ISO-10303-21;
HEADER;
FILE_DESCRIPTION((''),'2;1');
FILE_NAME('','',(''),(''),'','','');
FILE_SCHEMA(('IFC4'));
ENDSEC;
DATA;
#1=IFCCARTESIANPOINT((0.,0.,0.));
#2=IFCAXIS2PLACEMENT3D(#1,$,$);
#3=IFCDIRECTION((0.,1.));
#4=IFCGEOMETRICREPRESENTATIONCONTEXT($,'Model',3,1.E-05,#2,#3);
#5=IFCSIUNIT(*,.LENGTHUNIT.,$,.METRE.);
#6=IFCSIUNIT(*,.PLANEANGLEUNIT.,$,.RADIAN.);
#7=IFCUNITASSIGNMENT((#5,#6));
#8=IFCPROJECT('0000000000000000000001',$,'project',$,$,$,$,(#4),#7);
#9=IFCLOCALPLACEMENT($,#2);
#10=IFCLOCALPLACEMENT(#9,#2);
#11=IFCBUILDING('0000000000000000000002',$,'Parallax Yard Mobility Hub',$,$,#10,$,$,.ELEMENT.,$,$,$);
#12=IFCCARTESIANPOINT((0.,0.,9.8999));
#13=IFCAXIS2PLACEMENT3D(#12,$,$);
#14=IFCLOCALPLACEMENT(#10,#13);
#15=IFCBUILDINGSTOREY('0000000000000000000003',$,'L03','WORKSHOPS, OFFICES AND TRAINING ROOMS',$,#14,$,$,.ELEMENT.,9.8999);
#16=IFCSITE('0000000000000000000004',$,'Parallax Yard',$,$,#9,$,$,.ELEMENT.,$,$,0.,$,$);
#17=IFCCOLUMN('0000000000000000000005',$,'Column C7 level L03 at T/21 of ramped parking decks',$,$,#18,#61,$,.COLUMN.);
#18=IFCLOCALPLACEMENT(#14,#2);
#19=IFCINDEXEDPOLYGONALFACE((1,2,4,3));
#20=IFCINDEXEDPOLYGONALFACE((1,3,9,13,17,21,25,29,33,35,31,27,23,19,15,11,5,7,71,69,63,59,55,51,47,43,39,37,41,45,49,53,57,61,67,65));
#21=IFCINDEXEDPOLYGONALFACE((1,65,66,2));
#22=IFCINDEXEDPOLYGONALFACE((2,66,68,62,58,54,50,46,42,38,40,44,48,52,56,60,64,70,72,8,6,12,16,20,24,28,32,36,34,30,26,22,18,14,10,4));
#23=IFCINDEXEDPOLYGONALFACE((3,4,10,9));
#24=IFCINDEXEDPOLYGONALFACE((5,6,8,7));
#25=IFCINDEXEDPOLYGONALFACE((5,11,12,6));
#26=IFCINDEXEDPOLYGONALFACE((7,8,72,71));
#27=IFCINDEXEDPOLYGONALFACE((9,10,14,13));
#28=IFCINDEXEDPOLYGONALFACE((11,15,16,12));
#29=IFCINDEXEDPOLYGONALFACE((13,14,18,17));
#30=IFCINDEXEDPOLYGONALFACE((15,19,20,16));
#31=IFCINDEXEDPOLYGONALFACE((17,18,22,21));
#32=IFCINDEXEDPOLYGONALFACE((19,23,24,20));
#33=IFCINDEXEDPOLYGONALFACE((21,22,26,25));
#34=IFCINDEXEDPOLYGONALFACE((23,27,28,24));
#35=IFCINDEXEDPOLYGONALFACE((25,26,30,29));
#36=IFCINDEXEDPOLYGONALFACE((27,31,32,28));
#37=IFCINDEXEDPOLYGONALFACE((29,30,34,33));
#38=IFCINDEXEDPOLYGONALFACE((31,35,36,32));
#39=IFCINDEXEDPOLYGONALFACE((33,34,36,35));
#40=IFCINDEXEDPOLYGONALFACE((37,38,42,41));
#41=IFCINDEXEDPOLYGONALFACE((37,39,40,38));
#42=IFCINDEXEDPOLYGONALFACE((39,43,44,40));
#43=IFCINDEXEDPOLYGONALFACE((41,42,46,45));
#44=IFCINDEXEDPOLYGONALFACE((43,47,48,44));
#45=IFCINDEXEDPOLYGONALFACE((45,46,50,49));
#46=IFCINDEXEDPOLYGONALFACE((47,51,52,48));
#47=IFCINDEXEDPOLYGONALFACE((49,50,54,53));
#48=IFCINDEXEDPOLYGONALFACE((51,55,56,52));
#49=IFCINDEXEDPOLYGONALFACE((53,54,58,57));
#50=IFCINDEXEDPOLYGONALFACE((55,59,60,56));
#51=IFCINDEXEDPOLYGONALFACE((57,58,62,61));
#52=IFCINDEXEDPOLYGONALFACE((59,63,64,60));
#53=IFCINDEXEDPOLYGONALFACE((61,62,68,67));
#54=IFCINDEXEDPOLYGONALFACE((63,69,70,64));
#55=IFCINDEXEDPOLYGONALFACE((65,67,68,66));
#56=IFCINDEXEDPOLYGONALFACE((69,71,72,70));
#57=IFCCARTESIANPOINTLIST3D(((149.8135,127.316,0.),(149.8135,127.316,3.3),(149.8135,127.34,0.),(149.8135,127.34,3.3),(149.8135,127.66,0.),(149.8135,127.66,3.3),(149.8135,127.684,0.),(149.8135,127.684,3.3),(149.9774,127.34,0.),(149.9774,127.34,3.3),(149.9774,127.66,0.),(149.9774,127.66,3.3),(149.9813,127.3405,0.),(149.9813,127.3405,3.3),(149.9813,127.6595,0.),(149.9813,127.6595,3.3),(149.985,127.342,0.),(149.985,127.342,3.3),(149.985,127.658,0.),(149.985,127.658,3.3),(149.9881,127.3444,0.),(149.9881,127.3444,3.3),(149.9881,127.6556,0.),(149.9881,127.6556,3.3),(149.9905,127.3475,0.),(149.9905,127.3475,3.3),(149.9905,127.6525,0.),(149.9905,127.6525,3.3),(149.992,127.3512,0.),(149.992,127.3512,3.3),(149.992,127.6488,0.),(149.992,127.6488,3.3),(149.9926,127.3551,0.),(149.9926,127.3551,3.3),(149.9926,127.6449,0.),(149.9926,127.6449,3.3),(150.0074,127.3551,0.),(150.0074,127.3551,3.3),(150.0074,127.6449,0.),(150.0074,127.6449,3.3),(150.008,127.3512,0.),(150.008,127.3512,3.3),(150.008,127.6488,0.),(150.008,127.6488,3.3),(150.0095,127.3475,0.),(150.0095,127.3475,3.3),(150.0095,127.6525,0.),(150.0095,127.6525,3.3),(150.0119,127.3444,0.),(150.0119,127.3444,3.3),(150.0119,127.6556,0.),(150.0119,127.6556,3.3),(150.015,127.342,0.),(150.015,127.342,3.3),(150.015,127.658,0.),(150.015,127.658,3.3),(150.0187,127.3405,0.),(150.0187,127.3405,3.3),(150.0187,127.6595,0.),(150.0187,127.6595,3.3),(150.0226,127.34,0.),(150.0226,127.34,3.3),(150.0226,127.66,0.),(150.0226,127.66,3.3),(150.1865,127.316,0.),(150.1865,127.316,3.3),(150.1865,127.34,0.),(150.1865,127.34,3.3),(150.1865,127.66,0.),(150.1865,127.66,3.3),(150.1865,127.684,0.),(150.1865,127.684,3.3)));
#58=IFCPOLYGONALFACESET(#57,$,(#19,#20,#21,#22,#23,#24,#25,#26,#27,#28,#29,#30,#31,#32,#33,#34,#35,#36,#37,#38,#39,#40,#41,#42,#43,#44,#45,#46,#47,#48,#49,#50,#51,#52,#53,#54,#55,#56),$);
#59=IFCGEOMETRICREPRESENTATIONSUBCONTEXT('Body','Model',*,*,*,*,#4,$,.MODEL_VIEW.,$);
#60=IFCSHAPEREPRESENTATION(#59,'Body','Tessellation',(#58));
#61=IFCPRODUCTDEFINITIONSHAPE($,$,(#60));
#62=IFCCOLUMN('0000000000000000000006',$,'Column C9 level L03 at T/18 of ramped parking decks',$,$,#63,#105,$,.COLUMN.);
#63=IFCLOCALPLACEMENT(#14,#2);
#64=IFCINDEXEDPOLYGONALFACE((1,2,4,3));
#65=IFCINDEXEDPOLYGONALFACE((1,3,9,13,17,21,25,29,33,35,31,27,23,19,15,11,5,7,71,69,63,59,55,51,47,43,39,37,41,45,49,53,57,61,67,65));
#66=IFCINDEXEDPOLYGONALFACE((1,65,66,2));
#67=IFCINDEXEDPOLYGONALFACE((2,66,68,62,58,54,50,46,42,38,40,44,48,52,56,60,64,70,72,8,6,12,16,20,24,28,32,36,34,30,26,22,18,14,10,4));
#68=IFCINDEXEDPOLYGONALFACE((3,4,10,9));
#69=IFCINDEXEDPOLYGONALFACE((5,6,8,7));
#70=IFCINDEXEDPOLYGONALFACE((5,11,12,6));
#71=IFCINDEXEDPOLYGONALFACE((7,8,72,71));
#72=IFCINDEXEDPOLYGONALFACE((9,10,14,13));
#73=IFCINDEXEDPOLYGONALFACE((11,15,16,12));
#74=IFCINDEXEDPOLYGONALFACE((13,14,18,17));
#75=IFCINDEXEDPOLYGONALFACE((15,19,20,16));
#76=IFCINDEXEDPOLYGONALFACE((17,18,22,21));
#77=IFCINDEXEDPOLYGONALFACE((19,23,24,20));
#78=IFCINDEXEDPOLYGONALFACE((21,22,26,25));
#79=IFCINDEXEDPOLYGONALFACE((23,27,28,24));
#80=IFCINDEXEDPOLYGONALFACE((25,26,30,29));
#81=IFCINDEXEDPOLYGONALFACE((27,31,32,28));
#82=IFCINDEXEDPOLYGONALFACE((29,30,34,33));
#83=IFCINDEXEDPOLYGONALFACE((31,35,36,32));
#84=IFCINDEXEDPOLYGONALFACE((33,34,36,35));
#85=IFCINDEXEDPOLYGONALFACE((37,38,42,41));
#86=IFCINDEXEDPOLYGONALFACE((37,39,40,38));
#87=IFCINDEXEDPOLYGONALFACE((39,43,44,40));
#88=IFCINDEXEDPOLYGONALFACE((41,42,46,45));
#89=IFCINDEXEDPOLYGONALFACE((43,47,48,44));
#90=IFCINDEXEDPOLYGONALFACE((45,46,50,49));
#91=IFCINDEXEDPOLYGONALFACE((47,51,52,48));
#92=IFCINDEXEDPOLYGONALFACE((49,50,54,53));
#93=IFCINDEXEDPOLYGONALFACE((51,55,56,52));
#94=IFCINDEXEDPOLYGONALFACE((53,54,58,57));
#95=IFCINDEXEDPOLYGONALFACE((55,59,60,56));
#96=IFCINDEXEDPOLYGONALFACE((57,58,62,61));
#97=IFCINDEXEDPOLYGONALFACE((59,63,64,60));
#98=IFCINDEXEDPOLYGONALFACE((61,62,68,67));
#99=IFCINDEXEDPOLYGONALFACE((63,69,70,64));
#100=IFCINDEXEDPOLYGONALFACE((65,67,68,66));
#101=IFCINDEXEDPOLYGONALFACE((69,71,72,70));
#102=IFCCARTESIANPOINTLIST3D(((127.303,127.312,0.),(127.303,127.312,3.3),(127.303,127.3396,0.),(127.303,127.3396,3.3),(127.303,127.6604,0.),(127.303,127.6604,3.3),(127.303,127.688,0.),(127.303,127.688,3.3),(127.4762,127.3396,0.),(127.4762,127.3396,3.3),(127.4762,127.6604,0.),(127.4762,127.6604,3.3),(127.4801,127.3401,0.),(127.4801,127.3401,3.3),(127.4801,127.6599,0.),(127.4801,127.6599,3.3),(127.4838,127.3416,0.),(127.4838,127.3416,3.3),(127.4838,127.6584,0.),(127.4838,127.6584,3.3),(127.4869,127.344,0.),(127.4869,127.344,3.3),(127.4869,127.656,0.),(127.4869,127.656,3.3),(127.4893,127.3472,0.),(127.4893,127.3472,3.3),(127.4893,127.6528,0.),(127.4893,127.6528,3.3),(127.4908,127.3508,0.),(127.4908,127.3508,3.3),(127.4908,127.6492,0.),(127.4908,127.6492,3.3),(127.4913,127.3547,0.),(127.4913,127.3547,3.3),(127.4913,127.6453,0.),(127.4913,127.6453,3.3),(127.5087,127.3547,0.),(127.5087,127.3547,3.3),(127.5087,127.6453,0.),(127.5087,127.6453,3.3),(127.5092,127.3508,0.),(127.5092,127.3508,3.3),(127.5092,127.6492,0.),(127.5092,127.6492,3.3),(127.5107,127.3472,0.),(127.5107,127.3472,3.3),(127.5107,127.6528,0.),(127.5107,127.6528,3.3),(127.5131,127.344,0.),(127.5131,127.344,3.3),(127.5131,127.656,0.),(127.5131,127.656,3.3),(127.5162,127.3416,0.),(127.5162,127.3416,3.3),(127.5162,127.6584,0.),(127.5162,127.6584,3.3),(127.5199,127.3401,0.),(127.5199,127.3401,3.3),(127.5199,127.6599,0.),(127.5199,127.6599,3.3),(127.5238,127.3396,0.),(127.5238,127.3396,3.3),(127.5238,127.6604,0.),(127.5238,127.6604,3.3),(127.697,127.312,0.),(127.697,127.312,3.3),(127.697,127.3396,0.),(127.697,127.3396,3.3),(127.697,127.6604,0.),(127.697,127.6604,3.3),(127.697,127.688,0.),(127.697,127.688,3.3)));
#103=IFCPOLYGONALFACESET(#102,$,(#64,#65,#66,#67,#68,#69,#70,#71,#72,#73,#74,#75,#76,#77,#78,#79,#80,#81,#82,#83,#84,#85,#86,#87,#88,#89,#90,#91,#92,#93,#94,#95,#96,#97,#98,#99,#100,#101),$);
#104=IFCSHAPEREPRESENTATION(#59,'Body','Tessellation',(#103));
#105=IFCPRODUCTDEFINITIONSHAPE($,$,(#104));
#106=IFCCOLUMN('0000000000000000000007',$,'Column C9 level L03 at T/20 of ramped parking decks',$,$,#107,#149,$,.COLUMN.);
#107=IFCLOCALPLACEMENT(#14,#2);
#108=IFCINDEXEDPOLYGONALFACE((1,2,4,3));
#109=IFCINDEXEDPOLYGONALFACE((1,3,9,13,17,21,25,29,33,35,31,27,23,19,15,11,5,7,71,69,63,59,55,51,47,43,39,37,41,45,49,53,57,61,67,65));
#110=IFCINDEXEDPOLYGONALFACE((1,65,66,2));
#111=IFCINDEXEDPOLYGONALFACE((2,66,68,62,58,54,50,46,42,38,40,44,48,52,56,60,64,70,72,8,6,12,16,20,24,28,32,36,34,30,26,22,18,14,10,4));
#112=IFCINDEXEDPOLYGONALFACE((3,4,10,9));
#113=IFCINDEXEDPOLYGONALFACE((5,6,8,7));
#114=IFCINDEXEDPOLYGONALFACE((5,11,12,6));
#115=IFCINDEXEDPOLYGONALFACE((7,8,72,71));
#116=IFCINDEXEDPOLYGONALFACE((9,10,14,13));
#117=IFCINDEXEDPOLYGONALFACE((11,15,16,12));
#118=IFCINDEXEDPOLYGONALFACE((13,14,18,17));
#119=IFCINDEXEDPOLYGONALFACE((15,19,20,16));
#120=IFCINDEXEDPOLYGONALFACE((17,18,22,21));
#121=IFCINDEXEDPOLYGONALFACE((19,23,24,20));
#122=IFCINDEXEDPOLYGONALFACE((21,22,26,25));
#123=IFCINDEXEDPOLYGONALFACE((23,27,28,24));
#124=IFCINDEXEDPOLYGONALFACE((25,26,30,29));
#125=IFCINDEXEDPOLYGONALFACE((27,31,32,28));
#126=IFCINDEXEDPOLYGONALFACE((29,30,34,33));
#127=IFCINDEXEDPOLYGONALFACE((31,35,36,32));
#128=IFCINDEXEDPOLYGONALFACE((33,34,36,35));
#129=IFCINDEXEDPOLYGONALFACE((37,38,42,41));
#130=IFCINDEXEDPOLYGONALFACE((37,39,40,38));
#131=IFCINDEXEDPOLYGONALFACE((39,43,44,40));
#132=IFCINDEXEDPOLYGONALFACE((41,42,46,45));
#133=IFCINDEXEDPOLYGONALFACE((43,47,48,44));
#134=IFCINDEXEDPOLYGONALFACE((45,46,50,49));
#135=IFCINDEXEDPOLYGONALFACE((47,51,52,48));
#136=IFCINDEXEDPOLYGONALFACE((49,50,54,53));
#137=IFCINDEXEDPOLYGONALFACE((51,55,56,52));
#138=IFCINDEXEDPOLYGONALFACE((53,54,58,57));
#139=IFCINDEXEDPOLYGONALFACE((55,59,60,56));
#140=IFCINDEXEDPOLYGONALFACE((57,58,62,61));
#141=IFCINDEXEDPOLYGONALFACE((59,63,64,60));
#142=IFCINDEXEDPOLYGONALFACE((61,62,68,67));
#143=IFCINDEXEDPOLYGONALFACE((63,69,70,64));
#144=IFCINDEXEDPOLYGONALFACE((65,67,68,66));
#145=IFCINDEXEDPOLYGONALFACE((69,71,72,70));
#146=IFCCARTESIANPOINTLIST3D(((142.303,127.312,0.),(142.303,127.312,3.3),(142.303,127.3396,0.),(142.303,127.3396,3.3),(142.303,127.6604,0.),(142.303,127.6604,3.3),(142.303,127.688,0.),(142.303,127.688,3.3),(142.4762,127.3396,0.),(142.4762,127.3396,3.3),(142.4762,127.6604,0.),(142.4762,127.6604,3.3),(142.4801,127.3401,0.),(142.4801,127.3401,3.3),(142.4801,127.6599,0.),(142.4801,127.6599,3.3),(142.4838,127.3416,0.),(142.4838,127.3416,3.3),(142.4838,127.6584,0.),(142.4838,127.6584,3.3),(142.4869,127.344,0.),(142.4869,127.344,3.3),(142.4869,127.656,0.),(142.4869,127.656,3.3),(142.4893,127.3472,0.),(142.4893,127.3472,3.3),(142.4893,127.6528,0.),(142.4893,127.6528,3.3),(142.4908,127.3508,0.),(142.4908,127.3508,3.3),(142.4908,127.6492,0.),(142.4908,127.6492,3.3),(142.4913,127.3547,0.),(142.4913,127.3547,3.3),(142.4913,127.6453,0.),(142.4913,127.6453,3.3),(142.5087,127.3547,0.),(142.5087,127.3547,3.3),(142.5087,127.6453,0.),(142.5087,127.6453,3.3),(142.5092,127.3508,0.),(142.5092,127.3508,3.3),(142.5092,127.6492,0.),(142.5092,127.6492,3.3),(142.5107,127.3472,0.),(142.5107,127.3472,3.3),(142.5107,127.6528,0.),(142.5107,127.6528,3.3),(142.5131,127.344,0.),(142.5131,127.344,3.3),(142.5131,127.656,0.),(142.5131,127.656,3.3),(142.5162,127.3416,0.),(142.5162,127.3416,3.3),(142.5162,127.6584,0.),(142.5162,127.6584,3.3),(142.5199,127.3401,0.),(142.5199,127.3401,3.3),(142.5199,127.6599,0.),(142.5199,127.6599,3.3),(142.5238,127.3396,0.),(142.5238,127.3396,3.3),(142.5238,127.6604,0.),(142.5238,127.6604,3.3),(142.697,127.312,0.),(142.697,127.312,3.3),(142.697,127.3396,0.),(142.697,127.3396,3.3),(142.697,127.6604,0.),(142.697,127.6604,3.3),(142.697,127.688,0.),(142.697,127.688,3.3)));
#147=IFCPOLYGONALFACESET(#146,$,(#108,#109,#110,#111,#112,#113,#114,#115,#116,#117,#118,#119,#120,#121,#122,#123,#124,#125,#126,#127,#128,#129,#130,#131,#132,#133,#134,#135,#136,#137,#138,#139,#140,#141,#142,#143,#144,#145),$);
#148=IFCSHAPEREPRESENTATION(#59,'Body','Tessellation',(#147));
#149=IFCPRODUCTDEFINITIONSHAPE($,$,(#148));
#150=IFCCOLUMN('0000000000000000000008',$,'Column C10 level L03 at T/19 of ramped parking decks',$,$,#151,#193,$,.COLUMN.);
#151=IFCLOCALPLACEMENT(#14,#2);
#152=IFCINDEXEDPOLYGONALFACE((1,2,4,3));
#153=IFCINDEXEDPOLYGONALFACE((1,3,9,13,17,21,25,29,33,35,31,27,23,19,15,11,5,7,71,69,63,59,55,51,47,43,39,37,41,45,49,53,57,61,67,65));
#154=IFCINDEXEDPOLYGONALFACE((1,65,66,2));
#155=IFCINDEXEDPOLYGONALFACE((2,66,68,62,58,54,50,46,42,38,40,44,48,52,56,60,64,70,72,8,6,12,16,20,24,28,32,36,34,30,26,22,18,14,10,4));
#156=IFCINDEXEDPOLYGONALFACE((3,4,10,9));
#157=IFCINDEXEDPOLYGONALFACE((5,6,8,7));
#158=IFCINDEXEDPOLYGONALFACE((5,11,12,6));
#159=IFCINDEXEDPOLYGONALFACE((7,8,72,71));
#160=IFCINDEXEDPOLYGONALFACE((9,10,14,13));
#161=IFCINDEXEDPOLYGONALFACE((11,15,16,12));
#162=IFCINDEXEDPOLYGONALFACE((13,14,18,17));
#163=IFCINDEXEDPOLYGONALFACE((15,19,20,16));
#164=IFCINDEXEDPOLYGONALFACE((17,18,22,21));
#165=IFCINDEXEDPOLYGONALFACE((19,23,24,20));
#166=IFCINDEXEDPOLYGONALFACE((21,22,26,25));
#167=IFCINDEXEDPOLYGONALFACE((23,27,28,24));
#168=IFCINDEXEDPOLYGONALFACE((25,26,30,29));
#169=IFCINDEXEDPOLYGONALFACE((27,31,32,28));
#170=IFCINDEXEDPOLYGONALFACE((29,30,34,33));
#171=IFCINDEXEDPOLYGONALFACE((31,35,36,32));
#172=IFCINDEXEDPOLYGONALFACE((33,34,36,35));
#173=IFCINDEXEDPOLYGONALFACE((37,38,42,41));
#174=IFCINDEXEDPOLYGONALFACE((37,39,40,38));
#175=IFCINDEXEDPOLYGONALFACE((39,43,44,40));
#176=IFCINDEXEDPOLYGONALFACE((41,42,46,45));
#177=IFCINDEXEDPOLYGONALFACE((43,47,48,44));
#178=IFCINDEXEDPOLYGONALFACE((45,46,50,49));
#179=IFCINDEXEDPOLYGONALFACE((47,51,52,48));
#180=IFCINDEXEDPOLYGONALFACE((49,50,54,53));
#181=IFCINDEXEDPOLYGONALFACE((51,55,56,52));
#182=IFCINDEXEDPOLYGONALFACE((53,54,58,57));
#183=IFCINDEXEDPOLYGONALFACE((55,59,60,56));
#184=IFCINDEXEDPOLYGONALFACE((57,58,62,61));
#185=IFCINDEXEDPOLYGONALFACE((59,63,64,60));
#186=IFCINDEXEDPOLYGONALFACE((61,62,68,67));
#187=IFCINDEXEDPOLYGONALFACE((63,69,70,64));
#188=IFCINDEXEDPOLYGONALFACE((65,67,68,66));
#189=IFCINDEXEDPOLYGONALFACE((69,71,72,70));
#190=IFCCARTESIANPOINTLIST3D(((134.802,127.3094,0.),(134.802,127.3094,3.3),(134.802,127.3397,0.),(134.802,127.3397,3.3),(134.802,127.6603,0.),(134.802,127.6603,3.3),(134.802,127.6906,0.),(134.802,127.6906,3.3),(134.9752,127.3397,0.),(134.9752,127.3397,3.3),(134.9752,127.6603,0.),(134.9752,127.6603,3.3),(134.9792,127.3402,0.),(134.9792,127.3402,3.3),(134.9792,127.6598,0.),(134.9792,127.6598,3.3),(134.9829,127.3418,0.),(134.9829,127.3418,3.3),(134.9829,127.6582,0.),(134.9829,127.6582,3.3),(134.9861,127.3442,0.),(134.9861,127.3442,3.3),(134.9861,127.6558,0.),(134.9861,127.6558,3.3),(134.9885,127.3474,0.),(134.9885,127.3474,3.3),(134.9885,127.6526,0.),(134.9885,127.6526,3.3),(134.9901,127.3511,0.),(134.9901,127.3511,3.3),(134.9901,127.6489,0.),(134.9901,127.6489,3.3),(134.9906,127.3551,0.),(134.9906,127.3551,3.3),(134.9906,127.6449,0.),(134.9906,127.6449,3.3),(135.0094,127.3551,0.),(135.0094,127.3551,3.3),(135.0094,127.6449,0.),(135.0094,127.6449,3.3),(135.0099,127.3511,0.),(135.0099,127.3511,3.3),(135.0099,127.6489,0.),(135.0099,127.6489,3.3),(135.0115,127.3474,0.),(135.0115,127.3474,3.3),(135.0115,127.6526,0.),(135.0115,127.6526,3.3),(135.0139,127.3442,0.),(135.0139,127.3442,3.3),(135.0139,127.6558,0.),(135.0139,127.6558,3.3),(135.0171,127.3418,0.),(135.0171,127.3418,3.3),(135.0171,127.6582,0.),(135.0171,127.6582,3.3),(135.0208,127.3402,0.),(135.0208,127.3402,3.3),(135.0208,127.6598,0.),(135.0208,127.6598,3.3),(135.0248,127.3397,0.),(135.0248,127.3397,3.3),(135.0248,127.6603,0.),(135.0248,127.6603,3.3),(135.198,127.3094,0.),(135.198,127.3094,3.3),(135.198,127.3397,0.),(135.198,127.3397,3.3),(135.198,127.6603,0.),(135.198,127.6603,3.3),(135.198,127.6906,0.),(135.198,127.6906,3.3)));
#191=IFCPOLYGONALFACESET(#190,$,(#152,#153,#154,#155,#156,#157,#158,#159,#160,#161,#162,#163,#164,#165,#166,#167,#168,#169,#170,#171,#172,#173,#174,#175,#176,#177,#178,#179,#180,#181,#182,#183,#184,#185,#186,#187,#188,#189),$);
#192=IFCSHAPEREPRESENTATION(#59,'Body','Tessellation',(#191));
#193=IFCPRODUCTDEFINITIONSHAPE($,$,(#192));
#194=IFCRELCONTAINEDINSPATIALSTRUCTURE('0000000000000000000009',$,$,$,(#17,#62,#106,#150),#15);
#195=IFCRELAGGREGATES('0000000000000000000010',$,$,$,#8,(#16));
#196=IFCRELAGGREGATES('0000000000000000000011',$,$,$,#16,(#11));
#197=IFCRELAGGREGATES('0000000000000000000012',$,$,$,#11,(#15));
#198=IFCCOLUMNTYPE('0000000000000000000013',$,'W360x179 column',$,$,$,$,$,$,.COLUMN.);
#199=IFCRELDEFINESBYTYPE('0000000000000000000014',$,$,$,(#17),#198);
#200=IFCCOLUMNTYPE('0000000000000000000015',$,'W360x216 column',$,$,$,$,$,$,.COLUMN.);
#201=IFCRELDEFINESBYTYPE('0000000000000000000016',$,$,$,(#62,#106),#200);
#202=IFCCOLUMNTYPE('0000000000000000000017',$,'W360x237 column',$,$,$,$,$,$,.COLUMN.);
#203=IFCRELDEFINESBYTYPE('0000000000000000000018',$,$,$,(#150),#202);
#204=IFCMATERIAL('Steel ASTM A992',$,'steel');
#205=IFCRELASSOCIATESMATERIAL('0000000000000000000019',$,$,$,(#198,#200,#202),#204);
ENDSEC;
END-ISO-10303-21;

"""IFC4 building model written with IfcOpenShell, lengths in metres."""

from ifc_helpers import new_model, si_unit, direction, frame, origin, origin_2d, place, context, subcontext, project, spatial, i_section, extrude, material, material_profile, profile_set, type_object, element, save


model = new_model("IFC4")

# Units and contexts
model_context = context("Model", 3, precision=1e-05, world=origin(), true_north=direction((0.0, 1.0)))
body_context = subcontext(model_context, "Body", "Model", "MODEL_VIEW")
ifc_project = project(units=[si_unit("LENGTHUNIT", "METRE"), si_unit("PLANEANGLEUNIT", "RADIAN")], contexts=[model_context])

# Site, building, storey
site_placement = place(None, origin())
site = spatial("IfcSite", under=ifc_project, at=site_placement, Name="Parallax Yard", CompositionType="ELEMENT", RefElevation=0.0)
building_placement = place(site_placement, origin())
building = spatial("IfcBuilding", under=site, at=building_placement, Name="Parallax Yard Mobility Hub", CompositionType="ELEMENT")
storey_placement = place(building_placement, frame((0.0, 0.0, 9.8999)))
storey = spatial("IfcBuildingStorey", under=building, at=storey_placement, Name="L03", Description="WORKSHOPS, OFFICES AND TRAINING ROOMS", CompositionType="ELEMENT", Elevation=9.8999)

# Columns
ifc_material_1 = material(Name="Steel ASTM A992", Category="steel")
ifc_material_profile_1 = material_profile(ifc_material_1, i_section(OverallWidth=0.373, OverallDepth=0.3679, WebThickness=0.0149, FlangeThickness=0.0239, FilletRadius=0.0151, at=origin_2d()), Name="W360x179")
ifc_profile_set_1 = profile_set([ifc_material_profile_1], Name="Steel ASTM A992")
column_type_1 = type_object("IfcColumnType", Name="W360x179 column", PredefinedType="COLUMN", material=ifc_profile_set_1)
column_1_placement = place(storey_placement, frame((150.0, 127.5, 0.0), z_axis=(0.0, 0.0, 1.0), x_axis=(1.0, 0.0, 0.0)))
element("IfcColumn", 1, at=column_1_placement, inside=storey, type_object=column_type_1, Name="Column C7 level L03 at T/21 of ramped parking decks", PredefinedType="COLUMN", context=body_context, shape_type="SweptSolid", body=[
    extrude(i_section(OverallWidth=0.373, OverallDepth=0.3679, WebThickness=0.0149, FlangeThickness=0.0239, FilletRadius=0.0151, at=origin_2d()), origin(), (0.0, 0.0, 1.0), 3.3),
])
ifc_material_profile_2 = material_profile(ifc_material_1, i_section(OverallWidth=0.394, OverallDepth=0.376, WebThickness=0.0173, FlangeThickness=0.0276, FilletRadius=0.0151, at=origin_2d()), Name="W360x216")
ifc_profile_set_2 = profile_set([ifc_material_profile_2], Name="Steel ASTM A992")
column_type_2 = type_object("IfcColumnType", Name="W360x216 column", PredefinedType="COLUMN", material=ifc_profile_set_2)
for number, where, z_axis, x_axis, name in (
    (2, (127.5, 127.5, 0.0), (0.0, 0.0, 1.0), (1.0, 0.0, 0.0), "Column C9 level L03 at T/18 of ramped parking decks"),
    (3, (142.5, 127.5, 0.0), (0.0, 0.0, 1.0), (1.0, 0.0, 0.0), "Column C9 level L03 at T/20 of ramped parking decks"),
):
    element("IfcColumn", number, at=place(storey_placement, frame(where, z_axis=z_axis, x_axis=x_axis)), inside=storey, type_object=column_type_2, Name=name, PredefinedType="COLUMN", context=body_context, shape_type="SweptSolid", body=[
        extrude(i_section(OverallWidth=0.394, OverallDepth=0.376, WebThickness=0.0173, FlangeThickness=0.0276, FilletRadius=0.0151, at=origin_2d()), origin(), (0.0, 0.0, 1.0), 3.3),
    ])
ifc_material_profile_3 = material_profile(ifc_material_1, i_section(OverallWidth=0.396, OverallDepth=0.3811, WebThickness=0.0188, FlangeThickness=0.0303, FilletRadius=0.0154, at=origin_2d()), Name="W360x237")
ifc_profile_set_3 = profile_set([ifc_material_profile_3], Name="Steel ASTM A992")
column_type_3 = type_object("IfcColumnType", Name="W360x237 column", PredefinedType="COLUMN", material=ifc_profile_set_3)
column_2_placement = place(storey_placement, frame((135.0, 127.5, 0.0), z_axis=(0.0, 0.0, 1.0), x_axis=(1.0, 0.0, 0.0)))
element("IfcColumn", 4, at=column_2_placement, inside=storey, type_object=column_type_3, Name="Column C10 level L03 at T/19 of ramped parking decks", PredefinedType="COLUMN", context=body_context, shape_type="SweptSolid", body=[
    extrude(i_section(OverallWidth=0.396, OverallDepth=0.3811, WebThickness=0.0188, FlangeThickness=0.0303, FilletRadius=0.0154, at=origin_2d()), origin(), (0.0, 0.0, 1.0), 3.3),
])

save(model, "model.ifc")
